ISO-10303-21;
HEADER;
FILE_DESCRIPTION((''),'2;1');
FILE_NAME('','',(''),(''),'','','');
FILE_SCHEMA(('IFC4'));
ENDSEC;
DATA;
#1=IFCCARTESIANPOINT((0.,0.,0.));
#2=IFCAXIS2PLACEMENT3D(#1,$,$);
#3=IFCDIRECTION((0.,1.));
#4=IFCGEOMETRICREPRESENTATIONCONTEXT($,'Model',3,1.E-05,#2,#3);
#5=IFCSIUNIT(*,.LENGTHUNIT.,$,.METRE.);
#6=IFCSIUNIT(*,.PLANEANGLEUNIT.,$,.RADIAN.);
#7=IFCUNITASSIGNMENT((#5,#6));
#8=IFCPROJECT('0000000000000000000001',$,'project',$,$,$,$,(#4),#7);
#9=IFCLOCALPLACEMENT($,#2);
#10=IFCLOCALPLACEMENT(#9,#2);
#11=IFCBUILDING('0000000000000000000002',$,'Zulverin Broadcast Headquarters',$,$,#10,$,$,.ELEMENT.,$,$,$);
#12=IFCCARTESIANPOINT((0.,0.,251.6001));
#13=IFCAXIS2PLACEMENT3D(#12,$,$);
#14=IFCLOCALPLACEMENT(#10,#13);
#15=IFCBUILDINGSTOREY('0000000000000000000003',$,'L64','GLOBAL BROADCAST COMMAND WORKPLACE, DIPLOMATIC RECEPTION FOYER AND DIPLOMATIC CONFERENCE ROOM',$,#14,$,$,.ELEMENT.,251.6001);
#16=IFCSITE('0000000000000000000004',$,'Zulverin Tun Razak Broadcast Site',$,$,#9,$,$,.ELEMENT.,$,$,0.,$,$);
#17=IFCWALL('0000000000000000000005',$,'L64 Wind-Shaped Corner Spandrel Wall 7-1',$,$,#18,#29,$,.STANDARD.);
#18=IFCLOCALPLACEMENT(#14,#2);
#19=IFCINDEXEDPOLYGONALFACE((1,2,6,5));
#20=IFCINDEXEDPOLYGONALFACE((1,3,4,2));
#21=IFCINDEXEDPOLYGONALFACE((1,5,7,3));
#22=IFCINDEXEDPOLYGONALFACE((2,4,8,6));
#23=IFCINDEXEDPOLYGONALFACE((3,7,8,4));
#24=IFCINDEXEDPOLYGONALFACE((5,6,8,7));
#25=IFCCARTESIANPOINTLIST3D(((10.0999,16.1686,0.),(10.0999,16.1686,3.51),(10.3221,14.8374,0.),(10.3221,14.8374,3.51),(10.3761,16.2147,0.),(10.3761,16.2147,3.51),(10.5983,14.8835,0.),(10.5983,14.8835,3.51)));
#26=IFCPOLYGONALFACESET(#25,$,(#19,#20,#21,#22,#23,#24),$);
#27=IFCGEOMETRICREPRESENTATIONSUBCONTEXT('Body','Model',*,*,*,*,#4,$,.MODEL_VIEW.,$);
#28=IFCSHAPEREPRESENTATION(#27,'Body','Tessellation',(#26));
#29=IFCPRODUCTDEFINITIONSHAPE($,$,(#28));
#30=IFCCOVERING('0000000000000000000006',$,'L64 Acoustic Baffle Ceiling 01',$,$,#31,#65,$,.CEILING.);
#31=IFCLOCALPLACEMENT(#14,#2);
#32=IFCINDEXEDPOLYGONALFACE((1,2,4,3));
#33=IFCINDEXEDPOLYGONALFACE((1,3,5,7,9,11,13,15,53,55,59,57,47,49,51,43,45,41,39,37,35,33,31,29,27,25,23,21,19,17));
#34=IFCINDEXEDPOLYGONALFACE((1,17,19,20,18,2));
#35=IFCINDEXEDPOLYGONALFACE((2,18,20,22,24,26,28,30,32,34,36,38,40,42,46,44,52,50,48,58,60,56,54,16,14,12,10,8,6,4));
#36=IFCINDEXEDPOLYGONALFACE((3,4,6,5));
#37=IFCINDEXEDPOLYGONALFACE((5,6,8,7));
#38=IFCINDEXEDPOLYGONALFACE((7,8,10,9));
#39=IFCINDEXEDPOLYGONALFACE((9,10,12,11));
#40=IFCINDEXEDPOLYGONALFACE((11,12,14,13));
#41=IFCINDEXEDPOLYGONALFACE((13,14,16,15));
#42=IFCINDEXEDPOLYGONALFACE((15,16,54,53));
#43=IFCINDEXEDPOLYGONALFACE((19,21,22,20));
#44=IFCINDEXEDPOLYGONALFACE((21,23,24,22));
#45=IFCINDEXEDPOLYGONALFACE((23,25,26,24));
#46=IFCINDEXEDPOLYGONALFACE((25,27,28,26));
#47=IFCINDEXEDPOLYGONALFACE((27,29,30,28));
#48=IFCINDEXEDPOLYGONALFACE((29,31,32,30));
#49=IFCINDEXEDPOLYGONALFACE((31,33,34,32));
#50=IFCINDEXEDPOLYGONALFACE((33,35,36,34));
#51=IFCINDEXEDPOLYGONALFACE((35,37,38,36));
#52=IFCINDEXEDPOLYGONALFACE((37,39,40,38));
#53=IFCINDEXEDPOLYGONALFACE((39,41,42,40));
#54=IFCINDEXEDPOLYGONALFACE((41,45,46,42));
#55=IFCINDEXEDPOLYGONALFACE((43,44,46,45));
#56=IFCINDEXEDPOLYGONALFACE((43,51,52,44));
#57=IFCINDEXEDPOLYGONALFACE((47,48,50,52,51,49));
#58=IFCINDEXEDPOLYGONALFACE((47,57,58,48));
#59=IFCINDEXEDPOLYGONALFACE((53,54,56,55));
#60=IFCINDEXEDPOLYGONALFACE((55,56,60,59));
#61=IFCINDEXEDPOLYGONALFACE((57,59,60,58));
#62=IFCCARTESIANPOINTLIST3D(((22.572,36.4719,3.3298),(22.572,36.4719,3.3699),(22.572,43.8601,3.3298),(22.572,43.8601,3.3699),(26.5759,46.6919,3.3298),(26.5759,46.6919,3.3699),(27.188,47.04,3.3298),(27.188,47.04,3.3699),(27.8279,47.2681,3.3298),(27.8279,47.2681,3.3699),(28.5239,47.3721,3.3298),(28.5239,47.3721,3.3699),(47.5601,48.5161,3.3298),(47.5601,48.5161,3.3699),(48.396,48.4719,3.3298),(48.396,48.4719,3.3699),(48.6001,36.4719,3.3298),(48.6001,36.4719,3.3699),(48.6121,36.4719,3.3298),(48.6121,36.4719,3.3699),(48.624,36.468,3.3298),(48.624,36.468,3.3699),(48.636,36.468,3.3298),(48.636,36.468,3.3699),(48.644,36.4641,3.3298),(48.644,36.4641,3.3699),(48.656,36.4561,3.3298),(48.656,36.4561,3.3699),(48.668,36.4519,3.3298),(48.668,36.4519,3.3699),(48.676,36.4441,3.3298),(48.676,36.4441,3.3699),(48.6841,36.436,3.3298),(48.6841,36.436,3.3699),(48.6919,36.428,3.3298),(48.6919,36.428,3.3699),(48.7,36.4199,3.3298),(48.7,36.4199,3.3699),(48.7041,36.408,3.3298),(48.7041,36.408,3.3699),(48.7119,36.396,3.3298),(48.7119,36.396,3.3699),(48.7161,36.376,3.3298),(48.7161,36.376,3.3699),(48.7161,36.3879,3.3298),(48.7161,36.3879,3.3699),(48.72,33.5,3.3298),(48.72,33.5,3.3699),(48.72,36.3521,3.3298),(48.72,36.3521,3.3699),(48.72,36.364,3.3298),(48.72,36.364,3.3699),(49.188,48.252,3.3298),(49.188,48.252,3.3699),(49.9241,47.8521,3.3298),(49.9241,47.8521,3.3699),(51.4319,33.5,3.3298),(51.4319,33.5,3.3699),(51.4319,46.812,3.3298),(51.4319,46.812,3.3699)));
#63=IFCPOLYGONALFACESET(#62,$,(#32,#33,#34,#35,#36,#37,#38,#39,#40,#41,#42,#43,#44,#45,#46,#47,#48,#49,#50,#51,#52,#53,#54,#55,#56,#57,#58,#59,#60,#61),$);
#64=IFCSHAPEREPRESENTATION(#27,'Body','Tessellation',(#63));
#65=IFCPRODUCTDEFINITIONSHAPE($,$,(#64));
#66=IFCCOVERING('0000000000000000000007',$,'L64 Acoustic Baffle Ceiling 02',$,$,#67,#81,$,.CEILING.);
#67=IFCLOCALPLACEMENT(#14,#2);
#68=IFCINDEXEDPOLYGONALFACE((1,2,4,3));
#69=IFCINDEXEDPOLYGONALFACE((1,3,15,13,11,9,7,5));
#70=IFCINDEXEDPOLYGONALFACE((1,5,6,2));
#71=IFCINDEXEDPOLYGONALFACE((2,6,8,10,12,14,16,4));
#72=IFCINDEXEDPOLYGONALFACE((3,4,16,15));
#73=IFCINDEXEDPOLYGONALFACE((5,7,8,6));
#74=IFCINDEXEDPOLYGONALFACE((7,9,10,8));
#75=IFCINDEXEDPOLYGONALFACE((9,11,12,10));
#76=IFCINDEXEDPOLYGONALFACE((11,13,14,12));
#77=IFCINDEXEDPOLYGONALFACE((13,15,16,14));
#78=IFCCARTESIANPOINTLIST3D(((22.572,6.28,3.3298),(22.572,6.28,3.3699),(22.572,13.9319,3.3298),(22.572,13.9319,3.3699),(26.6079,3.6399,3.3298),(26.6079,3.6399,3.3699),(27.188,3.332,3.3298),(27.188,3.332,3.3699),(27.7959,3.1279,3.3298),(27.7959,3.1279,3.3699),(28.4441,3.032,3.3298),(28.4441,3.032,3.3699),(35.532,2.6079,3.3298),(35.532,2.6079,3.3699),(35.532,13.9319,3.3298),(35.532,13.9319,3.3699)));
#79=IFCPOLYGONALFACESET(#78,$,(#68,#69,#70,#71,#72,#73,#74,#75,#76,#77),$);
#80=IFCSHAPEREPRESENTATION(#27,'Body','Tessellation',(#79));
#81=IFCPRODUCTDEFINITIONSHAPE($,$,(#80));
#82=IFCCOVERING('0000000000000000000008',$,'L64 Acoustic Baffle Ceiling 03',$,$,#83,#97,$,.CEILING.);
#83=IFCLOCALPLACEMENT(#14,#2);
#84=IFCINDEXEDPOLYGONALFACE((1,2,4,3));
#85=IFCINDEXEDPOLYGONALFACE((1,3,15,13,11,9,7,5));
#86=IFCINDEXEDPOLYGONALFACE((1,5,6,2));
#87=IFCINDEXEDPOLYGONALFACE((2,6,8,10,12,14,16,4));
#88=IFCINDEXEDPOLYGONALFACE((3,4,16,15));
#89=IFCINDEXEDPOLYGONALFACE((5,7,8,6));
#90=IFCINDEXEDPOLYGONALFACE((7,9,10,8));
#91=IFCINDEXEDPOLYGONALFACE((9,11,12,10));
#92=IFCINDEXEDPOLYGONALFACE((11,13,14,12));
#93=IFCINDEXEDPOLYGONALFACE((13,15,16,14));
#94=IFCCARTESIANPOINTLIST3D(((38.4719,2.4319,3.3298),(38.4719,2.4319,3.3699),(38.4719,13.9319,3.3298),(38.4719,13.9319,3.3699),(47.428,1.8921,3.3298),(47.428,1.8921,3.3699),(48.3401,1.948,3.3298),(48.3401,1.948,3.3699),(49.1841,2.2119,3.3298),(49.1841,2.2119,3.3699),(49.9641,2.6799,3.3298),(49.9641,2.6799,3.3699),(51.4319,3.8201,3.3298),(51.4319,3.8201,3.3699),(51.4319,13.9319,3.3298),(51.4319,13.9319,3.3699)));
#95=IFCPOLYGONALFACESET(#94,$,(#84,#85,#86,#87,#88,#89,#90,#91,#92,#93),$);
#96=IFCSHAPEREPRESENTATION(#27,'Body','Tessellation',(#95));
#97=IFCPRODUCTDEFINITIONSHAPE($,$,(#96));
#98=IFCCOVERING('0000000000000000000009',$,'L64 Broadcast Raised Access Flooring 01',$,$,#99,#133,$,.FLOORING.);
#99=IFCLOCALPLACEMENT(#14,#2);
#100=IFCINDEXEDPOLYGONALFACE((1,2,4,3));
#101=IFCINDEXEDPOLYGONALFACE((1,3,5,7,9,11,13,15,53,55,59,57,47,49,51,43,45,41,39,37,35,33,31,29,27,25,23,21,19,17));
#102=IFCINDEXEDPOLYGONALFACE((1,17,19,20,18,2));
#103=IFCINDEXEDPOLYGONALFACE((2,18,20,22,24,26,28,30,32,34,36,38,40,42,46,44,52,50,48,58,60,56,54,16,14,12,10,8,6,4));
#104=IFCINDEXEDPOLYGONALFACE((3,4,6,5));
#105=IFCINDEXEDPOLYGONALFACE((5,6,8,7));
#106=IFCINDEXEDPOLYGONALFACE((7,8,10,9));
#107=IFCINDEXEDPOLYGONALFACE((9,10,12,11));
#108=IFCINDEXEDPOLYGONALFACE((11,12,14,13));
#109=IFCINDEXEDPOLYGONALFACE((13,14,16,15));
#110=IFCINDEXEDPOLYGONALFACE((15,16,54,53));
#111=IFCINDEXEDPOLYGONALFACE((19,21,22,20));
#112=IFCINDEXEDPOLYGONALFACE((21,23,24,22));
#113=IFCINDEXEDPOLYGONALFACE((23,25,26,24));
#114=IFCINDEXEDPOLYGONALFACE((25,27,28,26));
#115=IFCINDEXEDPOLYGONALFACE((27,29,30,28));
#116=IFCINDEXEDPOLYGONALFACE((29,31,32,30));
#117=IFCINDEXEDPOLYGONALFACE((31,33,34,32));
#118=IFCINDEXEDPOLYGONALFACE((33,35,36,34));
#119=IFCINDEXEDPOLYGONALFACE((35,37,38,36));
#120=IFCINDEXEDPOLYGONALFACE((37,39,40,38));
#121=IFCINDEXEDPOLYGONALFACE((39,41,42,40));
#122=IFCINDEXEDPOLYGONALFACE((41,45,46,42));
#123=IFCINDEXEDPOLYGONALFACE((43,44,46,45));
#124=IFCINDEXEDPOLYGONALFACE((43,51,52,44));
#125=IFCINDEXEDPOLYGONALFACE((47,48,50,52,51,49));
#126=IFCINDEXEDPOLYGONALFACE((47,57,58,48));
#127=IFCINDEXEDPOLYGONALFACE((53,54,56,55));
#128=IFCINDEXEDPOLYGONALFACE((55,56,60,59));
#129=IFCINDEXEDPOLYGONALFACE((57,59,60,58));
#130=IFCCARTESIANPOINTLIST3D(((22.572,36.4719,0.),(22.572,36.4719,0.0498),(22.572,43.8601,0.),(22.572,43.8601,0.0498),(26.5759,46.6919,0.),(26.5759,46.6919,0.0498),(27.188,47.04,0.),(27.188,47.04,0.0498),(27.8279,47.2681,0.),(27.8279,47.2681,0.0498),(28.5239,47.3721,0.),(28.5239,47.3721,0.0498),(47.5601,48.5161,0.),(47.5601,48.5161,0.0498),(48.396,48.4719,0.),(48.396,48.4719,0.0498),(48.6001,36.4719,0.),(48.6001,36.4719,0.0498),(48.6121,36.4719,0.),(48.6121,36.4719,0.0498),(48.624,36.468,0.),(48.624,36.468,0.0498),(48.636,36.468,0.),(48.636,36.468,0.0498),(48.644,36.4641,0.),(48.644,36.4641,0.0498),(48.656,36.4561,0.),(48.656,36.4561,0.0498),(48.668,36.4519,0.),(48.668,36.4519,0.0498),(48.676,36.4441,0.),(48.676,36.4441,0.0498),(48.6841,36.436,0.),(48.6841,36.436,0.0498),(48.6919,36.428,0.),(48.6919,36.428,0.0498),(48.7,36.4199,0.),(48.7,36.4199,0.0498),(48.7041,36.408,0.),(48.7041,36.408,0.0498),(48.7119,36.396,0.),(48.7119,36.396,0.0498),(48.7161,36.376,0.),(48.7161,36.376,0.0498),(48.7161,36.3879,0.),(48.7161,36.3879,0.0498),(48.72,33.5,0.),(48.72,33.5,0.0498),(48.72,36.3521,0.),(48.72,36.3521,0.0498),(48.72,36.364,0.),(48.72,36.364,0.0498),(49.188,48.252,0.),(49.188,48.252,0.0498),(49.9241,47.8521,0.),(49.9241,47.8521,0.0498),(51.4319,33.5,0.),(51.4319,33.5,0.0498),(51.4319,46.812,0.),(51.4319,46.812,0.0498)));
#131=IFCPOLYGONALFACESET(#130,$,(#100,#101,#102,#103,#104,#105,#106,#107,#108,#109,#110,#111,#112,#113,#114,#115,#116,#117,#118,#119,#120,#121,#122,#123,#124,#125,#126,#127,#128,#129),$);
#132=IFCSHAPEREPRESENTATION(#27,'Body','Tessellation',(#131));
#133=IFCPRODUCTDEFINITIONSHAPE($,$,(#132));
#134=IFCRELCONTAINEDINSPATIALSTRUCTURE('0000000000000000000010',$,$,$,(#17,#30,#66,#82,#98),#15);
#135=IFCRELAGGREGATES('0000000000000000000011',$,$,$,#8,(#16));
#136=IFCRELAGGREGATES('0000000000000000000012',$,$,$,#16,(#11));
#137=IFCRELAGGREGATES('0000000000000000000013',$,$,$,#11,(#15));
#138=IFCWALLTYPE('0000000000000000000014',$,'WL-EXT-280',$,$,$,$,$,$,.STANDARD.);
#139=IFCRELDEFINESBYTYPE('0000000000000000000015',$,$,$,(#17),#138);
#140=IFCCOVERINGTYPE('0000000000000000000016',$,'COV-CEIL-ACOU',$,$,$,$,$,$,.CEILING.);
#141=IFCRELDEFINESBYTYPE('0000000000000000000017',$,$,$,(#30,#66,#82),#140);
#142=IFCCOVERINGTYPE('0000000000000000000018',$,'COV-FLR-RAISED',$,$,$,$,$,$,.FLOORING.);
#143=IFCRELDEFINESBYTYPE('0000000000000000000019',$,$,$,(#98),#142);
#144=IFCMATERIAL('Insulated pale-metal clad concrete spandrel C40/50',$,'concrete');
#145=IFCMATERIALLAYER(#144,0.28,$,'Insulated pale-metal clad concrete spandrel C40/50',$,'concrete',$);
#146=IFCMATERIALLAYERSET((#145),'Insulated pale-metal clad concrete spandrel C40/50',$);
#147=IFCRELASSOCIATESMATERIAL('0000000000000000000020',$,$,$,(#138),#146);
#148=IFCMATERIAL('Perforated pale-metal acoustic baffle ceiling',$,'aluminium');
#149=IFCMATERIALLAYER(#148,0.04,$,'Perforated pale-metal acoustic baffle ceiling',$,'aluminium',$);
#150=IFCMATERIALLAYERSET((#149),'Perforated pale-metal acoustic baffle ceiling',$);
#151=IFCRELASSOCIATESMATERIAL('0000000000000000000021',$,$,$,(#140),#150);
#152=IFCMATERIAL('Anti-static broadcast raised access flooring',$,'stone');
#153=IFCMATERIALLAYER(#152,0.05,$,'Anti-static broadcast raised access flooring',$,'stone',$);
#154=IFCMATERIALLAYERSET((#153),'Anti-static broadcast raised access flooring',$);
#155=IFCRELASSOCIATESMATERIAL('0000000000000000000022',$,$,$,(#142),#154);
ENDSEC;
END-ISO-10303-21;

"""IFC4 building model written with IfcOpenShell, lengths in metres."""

from ifc_helpers import new_model, si_unit, direction, frame, frame_2d, origin, place, context, subcontext, project, spatial, polyline, rectangle, outline, extrude, material, layer, layer_set, type_object, element, save


model = new_model("IFC4")

# Units and contexts
model_context = context("Model", 3, precision=1e-05, world=origin(), true_north=direction((0.0, 1.0)))
body_context = subcontext(model_context, "Body", "Model", "MODEL_VIEW")
ifc_project = project(units=[si_unit("LENGTHUNIT", "METRE"), si_unit("PLANEANGLEUNIT", "RADIAN")], contexts=[model_context])

# Site, building, storey
site_placement = place(None, origin())
site = spatial("IfcSite", under=ifc_project, at=site_placement, Name="Zulverin Tun Razak Broadcast Site", CompositionType="ELEMENT", RefElevation=0.0)
building_placement = place(site_placement, origin())
building = spatial("IfcBuilding", under=site, at=building_placement, Name="Zulverin Broadcast Headquarters", CompositionType="ELEMENT")
storey_placement = place(building_placement, frame((0.0, 0.0, 251.6001)))
storey = spatial("IfcBuildingStorey", under=building, at=storey_placement, Name="L64", Description="GLOBAL BROADCAST COMMAND WORKPLACE, DIPLOMATIC RECEPTION FOYER AND DIPLOMATIC CONFERENCE ROOM", CompositionType="ELEMENT", Elevation=251.6001)

# Wall
ifc_material_1 = material(Name="Insulated pale-metal clad concrete spandrel C40/50", Category="concrete")
ifc_layer_1 = layer(ifc_material_1, 0.28, Name="Insulated pale-metal clad concrete spandrel C40/50", Category="concrete")
ifc_layer_set_1 = layer_set([ifc_layer_1], Name="Insulated pale-metal clad concrete spandrel C40/50")
wall_type_1 = type_object("IfcWallType", Name="WL-EXT-280", PredefinedType="STANDARD", material=ifc_layer_set_1)
wall_1_placement = place(storey_placement, frame((10.238, 16.1917, 0.0), z_axis=(0.0, 0.0, 1.0), x_axis=(0.164604, -0.98636, 0.0)))
element("IfcWall", 1, at=wall_1_placement, inside=storey, type_object=wall_type_1, Name="L64 Wind-Shaped Corner Spandrel Wall 7-1", PredefinedType="STANDARD", context=body_context, shape_type="SweptSolid", body=[
    extrude(rectangle(XDim=1.3496, YDim=0.28, at=frame_2d((0.6748, 0.0))), origin(), (0.0, 0.0, 1.0), 3.51),
])

# Coverings
ifc_material_2 = material(Name="Perforated pale-metal acoustic baffle ceiling", Category="aluminium")
ifc_layer_2 = layer(ifc_material_2, 0.04, Name="Perforated pale-metal acoustic baffle ceiling", Category="aluminium")
ifc_layer_set_2 = layer_set([ifc_layer_2], Name="Perforated pale-metal acoustic baffle ceiling")
covering_type_1 = type_object("IfcCoveringType", Name="COV-CEIL-ACOU", PredefinedType="CEILING", material=ifc_layer_set_2)
covering_1_placement = place(storey_placement, frame((0.0, 0.0, 3.3298)))
element("IfcCovering", 2, at=covering_1_placement, inside=storey, type_object=covering_type_1, Name="L64 Acoustic Baffle Ceiling 01", PredefinedType="CEILING", context=body_context, shape_type="SweptSolid", body=[
    extrude(outline(polyline([(48.396, 48.4719), (47.5601, 48.5161), (28.5239, 47.3721), (27.8279, 47.2681), (27.188, 47.04), (26.5759, 46.6919), (22.572, 43.8601), (22.572, 36.4719), (48.6001, 36.4719), (48.6121, 36.4719), (48.624, 36.468), (48.636, 36.468), (48.644, 36.4641), (48.656, 36.4561), (48.668, 36.4519), (48.676, 36.4441), (48.6841, 36.436), (48.6919, 36.428), (48.7, 36.4199), (48.7041, 36.408), (48.7119, 36.396), (48.7161, 36.3879), (48.7161, 36.376), (48.72, 36.364), (48.72, 36.3521), (48.72, 33.5), (51.4319, 33.5), (51.4319, 46.812), (49.9241, 47.8521), (49.188, 48.252), (48.396, 48.4719)])), origin(), (0.0, 0.0, 1.0), 0.04),
])
covering_2_placement = place(storey_placement, frame((0.0, 0.0, 3.3298)))
element("IfcCovering", 3, at=covering_2_placement, inside=storey, type_object=covering_type_1, Name="L64 Acoustic Baffle Ceiling 02", PredefinedType="CEILING", context=body_context, shape_type="SweptSolid", body=[
    extrude(outline(polyline([(27.188, 3.332), (27.7959, 3.1279), (28.4441, 3.032), (35.532, 2.6079), (35.532, 13.9319), (22.572, 13.9319), (22.572, 6.28), (26.6079, 3.6399), (27.188, 3.332)])), origin(), (0.0, 0.0, 1.0), 0.04),
])
covering_3_placement = place(storey_placement, frame((0.0, 0.0, 3.3298)))
element("IfcCovering", 4, at=covering_3_placement, inside=storey, type_object=covering_type_1, Name="L64 Acoustic Baffle Ceiling 03", PredefinedType="CEILING", context=body_context, shape_type="SweptSolid", body=[
    extrude(outline(polyline([(38.4719, 13.9319), (38.4719, 2.4319), (47.428, 1.8921), (48.3401, 1.948), (49.1841, 2.2119), (49.9641, 2.6799), (51.4319, 3.8201), (51.4319, 13.9319), (38.4719, 13.9319)])), origin(), (0.0, 0.0, 1.0), 0.04),
])
ifc_material_3 = material(Name="Anti-static broadcast raised access flooring", Category="stone")
ifc_layer_3 = layer(ifc_material_3, 0.05, Name="Anti-static broadcast raised access flooring", Category="stone")
ifc_layer_set_3 = layer_set([ifc_layer_3], Name="Anti-static broadcast raised access flooring")
covering_type_2 = type_object("IfcCoveringType", Name="COV-FLR-RAISED", PredefinedType="FLOORING", material=ifc_layer_set_3)
covering_4_placement = place(storey_placement, origin())
element("IfcCovering", 5, at=covering_4_placement, inside=storey, type_object=covering_type_2, Name="L64 Broadcast Raised Access Flooring 01", PredefinedType="FLOORING", context=body_context, shape_type="SweptSolid", body=[
    extrude(outline(polyline([(48.396, 48.4719), (47.5601, 48.5161), (28.5239, 47.3721), (27.8279, 47.2681), (27.188, 47.04), (26.5759, 46.6919), (22.572, 43.8601), (22.572, 36.4719), (48.6001, 36.4719), (48.6121, 36.4719), (48.624, 36.468), (48.636, 36.468), (48.644, 36.4641), (48.656, 36.4561), (48.668, 36.4519), (48.676, 36.4441), (48.6841, 36.436), (48.6919, 36.428), (48.7, 36.4199), (48.7041, 36.408), (48.7119, 36.396), (48.7161, 36.3879), (48.7161, 36.376), (48.72, 36.364), (48.72, 36.3521), (48.72, 33.5), (51.4319, 33.5), (51.4319, 46.812), (49.9241, 47.8521), (49.188, 48.252), (48.396, 48.4719)])), origin(), (0.0, 0.0, 1.0), 0.0498),
])

save(model, "model.ifc")
